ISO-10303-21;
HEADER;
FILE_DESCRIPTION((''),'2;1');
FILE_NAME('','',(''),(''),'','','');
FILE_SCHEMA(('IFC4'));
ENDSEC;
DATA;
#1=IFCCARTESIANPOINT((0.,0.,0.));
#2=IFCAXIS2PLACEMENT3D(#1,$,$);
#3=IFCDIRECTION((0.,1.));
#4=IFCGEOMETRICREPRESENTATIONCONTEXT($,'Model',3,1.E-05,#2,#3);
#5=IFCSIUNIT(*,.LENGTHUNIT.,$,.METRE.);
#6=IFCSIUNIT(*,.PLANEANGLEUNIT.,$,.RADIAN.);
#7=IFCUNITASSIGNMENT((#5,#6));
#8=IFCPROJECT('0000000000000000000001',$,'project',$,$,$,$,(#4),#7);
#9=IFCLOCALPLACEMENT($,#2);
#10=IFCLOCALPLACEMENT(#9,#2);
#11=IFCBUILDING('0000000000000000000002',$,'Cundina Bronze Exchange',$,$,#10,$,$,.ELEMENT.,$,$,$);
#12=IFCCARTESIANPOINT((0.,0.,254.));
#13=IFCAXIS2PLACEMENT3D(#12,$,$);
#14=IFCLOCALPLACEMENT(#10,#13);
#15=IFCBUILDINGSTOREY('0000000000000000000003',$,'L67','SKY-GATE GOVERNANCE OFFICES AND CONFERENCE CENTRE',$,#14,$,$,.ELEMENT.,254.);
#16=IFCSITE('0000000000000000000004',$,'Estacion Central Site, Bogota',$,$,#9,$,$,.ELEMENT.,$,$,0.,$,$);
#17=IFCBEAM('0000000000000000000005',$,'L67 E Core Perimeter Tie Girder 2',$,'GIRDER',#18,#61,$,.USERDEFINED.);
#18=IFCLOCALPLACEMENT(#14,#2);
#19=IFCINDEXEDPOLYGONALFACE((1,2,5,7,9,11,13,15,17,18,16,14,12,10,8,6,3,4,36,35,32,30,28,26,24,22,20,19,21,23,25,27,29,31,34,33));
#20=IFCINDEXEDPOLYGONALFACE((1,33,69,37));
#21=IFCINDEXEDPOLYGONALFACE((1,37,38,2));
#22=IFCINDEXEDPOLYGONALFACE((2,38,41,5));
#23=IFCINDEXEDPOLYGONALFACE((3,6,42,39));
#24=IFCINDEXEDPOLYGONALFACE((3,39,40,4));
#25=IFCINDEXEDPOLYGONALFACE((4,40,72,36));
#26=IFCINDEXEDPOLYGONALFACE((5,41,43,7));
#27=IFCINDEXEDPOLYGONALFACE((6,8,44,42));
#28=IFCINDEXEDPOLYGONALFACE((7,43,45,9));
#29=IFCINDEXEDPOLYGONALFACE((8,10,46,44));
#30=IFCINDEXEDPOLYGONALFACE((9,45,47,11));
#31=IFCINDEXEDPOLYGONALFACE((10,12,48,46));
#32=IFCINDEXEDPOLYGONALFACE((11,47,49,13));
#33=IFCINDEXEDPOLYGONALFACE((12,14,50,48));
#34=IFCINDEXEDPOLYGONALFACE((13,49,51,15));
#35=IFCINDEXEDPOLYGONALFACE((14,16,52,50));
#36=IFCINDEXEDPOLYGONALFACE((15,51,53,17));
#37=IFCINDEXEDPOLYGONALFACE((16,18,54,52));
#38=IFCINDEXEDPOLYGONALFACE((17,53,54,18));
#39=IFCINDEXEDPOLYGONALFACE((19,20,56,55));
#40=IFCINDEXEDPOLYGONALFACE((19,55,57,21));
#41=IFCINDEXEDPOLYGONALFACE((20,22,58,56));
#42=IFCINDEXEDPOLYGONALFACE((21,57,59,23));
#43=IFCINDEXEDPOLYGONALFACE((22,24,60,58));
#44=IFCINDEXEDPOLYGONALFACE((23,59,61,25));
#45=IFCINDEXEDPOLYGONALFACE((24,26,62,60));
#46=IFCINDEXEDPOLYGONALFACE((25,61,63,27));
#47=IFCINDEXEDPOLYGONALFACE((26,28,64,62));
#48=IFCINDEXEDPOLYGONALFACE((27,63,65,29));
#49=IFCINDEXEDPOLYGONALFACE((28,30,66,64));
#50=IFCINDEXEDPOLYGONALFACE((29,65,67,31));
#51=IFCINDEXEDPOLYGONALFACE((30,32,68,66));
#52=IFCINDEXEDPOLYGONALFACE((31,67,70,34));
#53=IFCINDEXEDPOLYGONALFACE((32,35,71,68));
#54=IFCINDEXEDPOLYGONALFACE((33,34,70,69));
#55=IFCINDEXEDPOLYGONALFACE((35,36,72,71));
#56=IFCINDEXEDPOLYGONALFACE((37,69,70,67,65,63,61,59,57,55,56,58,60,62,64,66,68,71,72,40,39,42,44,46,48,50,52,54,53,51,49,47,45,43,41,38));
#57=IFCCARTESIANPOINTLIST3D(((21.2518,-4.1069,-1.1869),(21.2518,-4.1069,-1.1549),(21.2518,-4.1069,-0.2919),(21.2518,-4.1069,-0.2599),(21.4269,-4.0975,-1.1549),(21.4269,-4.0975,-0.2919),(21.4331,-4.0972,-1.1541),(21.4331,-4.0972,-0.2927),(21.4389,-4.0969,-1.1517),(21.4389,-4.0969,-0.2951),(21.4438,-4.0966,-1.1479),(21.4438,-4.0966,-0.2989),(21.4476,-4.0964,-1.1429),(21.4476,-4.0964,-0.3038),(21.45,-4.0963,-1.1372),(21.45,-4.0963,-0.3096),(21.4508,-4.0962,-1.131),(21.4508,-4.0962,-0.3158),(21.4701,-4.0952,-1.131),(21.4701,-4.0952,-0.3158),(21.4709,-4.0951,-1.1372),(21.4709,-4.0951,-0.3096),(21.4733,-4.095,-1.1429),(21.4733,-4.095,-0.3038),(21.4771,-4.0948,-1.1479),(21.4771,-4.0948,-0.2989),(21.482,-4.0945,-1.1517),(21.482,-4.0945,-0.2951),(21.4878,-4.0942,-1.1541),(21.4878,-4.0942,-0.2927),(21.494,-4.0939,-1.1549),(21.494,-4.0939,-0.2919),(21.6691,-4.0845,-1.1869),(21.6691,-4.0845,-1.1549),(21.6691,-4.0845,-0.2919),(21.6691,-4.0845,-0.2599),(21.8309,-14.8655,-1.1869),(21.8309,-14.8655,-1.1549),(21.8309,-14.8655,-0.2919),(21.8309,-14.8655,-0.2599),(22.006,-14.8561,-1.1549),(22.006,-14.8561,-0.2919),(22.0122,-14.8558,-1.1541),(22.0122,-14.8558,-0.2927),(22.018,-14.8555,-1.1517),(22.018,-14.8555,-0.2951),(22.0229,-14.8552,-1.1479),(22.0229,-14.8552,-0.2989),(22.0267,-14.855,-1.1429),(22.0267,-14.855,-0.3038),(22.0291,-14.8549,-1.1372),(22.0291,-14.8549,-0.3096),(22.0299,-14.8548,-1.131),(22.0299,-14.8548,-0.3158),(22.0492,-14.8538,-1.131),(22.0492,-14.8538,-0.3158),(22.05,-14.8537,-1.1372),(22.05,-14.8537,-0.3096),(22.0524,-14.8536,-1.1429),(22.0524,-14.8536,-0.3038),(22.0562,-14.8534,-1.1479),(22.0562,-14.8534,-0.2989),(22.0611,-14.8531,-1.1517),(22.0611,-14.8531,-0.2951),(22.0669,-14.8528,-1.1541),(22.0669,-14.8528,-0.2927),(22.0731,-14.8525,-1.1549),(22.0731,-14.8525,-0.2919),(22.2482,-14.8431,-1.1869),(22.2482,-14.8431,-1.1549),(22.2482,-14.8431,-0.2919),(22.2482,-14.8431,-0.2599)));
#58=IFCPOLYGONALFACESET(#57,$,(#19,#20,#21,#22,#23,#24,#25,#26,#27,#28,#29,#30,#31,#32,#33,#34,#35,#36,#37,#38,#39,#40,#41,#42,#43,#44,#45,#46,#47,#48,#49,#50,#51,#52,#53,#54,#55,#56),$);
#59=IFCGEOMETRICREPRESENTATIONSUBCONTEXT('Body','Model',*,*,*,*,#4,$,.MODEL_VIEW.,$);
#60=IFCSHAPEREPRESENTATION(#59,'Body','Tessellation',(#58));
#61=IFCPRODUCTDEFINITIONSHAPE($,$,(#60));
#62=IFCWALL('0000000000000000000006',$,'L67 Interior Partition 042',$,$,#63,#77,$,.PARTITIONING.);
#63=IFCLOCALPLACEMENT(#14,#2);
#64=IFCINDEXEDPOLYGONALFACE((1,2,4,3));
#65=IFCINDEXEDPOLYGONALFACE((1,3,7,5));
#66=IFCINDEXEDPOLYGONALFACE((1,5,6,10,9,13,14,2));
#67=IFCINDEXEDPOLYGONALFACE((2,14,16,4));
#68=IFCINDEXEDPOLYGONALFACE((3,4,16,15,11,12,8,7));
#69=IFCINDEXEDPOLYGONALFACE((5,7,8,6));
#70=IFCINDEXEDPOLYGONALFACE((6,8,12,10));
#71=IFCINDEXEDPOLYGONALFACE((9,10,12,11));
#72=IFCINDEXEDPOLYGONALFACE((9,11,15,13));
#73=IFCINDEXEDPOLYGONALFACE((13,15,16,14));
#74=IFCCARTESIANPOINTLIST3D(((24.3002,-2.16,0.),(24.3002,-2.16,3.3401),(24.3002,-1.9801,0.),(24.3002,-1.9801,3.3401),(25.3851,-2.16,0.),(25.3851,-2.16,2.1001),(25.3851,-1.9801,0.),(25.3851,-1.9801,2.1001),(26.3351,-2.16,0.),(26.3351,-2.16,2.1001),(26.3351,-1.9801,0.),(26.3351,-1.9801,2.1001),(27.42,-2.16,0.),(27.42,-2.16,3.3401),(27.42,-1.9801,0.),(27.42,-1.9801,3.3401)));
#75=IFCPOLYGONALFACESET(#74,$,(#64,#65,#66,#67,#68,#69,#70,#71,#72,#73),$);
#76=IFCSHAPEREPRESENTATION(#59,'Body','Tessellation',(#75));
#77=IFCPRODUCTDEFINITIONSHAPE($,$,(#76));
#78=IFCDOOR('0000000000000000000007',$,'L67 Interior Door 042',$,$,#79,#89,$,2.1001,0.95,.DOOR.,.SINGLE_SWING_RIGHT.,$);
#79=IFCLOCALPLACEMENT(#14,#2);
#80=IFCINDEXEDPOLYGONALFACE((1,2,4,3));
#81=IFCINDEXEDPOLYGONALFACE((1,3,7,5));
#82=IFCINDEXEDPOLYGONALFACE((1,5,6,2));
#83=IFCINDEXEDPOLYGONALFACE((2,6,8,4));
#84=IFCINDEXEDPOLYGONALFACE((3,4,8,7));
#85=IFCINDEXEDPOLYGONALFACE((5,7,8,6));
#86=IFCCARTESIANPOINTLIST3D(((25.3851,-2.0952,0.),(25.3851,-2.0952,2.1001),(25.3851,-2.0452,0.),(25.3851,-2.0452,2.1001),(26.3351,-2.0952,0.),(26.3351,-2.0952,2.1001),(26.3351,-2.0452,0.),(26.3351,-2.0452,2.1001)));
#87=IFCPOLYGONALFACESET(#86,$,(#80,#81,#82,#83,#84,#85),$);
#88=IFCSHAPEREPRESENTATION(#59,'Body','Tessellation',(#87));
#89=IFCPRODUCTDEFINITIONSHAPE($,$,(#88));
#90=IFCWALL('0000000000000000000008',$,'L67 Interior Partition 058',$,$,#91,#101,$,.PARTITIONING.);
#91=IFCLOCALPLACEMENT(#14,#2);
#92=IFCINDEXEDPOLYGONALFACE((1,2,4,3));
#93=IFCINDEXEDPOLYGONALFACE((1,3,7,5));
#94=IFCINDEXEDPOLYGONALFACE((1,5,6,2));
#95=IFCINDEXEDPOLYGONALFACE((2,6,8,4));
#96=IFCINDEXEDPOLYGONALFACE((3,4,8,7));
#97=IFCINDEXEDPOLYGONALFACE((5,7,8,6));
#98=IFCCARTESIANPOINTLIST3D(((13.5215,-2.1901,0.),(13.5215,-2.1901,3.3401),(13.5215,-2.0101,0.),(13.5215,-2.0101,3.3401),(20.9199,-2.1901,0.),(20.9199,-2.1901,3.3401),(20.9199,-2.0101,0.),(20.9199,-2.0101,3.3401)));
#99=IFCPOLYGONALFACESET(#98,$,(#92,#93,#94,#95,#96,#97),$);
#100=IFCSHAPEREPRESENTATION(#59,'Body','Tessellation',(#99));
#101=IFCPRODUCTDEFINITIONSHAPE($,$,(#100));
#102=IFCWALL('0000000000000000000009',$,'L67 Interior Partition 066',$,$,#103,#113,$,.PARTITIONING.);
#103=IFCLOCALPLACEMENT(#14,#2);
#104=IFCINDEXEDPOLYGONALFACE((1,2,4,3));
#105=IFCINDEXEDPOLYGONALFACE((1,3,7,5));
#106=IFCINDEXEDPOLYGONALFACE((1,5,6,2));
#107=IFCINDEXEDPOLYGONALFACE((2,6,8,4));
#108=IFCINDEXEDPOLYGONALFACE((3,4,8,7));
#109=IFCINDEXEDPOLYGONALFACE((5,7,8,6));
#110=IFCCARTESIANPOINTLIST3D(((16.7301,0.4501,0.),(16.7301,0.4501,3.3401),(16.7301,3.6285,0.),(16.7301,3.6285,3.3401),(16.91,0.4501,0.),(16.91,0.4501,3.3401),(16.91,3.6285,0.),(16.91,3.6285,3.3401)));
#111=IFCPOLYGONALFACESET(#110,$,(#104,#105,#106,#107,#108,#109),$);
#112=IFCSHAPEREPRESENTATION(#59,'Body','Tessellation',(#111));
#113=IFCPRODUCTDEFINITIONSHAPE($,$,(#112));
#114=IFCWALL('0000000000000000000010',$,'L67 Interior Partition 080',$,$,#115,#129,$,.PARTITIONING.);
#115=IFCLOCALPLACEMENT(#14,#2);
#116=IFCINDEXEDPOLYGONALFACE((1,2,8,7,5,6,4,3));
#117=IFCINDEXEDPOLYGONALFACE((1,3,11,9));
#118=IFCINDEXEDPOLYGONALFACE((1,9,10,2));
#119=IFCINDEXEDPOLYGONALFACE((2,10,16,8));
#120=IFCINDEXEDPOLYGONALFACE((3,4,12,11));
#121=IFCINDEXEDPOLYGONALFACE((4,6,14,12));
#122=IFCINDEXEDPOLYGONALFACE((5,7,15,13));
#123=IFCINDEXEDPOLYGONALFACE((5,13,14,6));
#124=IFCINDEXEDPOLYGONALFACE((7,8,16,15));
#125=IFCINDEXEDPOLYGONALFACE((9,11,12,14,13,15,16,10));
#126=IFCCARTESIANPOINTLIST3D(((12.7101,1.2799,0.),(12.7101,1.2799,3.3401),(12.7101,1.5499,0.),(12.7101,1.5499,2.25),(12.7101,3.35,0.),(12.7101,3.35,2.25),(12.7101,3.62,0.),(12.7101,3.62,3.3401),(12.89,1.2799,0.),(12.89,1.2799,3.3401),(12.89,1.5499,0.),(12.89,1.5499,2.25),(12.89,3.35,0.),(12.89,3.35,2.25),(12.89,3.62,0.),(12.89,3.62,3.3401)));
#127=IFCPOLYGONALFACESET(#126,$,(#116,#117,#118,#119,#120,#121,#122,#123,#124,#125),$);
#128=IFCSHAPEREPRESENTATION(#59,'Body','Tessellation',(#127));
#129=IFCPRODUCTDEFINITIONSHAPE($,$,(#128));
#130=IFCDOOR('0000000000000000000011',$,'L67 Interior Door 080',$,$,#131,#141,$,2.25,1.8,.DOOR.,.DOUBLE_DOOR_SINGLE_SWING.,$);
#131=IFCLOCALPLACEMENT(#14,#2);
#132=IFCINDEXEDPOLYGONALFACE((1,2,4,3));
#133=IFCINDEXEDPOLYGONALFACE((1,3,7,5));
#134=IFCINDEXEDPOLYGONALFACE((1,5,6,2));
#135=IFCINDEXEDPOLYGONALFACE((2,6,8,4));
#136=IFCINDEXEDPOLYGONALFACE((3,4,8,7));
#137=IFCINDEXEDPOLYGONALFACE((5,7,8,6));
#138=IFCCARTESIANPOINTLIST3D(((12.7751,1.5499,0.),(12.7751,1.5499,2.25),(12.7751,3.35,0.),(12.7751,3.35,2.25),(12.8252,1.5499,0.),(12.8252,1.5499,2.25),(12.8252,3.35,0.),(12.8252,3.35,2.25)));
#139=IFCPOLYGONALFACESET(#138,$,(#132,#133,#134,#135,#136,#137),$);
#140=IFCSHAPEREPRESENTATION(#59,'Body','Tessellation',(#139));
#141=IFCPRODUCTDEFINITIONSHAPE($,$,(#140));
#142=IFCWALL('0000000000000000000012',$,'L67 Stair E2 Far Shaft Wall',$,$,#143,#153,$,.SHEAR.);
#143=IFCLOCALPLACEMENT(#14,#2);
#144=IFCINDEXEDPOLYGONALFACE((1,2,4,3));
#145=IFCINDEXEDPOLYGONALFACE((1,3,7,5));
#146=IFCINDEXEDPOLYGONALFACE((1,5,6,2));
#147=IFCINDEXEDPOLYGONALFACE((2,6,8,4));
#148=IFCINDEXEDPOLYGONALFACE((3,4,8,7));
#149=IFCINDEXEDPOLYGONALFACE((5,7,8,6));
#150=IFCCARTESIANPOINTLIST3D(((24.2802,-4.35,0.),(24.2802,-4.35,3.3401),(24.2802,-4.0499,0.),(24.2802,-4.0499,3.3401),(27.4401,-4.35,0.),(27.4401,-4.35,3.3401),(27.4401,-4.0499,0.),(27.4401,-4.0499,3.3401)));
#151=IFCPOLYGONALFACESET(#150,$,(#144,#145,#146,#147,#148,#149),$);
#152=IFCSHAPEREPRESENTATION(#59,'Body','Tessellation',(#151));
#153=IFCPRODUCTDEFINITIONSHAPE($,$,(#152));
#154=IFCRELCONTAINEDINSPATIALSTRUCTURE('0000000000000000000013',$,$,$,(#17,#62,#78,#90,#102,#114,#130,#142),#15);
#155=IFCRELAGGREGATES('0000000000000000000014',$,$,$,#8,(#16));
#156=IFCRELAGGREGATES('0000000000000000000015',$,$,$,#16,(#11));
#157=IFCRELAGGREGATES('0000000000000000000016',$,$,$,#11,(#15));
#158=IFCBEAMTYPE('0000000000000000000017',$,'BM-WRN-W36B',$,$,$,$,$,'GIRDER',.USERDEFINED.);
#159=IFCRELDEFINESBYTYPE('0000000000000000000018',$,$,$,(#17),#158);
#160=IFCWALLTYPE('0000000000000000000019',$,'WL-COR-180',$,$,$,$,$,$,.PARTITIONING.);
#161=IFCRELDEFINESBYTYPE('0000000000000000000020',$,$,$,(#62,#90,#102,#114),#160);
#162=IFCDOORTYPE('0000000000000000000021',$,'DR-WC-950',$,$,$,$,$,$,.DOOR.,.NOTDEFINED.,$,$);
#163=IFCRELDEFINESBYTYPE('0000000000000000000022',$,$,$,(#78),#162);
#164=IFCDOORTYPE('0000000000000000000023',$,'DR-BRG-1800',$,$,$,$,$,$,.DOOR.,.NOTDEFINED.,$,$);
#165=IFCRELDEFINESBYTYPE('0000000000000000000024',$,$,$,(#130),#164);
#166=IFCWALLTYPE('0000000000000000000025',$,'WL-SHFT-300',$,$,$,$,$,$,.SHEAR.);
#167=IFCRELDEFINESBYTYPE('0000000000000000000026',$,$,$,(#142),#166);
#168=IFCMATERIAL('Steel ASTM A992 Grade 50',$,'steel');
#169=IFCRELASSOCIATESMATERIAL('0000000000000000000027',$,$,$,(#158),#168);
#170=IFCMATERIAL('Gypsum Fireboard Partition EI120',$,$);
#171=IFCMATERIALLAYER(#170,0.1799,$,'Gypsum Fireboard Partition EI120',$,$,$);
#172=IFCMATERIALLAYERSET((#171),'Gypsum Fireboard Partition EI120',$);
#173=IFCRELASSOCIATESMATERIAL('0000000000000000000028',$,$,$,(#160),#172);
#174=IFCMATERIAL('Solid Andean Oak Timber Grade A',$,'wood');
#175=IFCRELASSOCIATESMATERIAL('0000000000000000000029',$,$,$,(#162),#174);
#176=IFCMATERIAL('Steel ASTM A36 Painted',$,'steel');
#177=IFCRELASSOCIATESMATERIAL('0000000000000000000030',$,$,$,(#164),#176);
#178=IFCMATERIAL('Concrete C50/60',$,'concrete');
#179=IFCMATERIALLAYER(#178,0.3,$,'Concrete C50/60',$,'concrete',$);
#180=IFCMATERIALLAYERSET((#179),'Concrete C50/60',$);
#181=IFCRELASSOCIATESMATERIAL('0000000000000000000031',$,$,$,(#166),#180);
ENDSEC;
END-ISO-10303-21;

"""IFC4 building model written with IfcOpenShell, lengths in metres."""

from ifc_helpers import new_model, si_unit, direction, frame, frame_2d, origin, origin_2d, place, context, subcontext, project, spatial, rectangle, i_section, extrude, material, layer, layer_set, material_profile, profile_set, type_object, element, fill, save


model = new_model("IFC4")

# Units and contexts
model_context = context("Model", 3, precision=1e-05, world=origin(), true_north=direction((0.0, 1.0)))
body_context = subcontext(model_context, "Body", "Model", "MODEL_VIEW")
ifc_project = project(units=[si_unit("LENGTHUNIT", "METRE"), si_unit("PLANEANGLEUNIT", "RADIAN")], contexts=[model_context])

# Site, building, storey
site_placement = place(None, origin())
site = spatial("IfcSite", under=ifc_project, at=site_placement, Name="Estacion Central Site, Bogota", CompositionType="ELEMENT", RefElevation=0.0)
building_placement = place(site_placement, origin())
building = spatial("IfcBuilding", under=site, at=building_placement, Name="Cundina Bronze Exchange", CompositionType="ELEMENT")
storey_placement = place(building_placement, frame((0.0, 0.0, 254.0)))
storey = spatial("IfcBuildingStorey", under=building, at=storey_placement, Name="L67", Description="SKY-GATE GOVERNANCE OFFICES AND CONFERENCE CENTRE", CompositionType="ELEMENT", Elevation=254.0)

# Shared definitions
ifc_material_1 = material(Name="Concrete C50/60", Category="concrete")
ifc_material_2 = material(Name="Steel ASTM A992 Grade 50", Category="steel")

# Beam
ifc_material_profile_1 = material_profile(ifc_material_2, i_section(OverallWidth=0.418, OverallDepth=0.927, WebThickness=0.0193, FlangeThickness=0.032, FilletRadius=0.0239, at=origin_2d()), Name="W36X231", Category="steel")
ifc_profile_set_1 = profile_set([ifc_material_profile_1], Name="Steel ASTM A992 Grade 50")
beam_type_1 = type_object("IfcBeamType", Name="BM-WRN-W36B", ElementType="GIRDER", PredefinedType="USERDEFINED", material=ifc_profile_set_1)
beam_1_placement = place(storey_placement, frame((21.4604, -4.0957, -0.7234), z_axis=(0.053749, -0.998554, 0.0), x_axis=(0.998554, 0.053749, 0.0)))
element("IfcBeam", 1, at=beam_1_placement, inside=storey, type_object=beam_type_1, Name="L67 E Core Perimeter Tie Girder 2", ObjectType="GIRDER", PredefinedType="USERDEFINED", context=body_context, shape_type="SweptSolid", body=[
    extrude(i_section(OverallWidth=0.418, OverallDepth=0.927, WebThickness=0.0193, FlangeThickness=0.032, FilletRadius=0.0239, at=origin_2d()), origin(), (0.0, 0.0, 1.0), 10.7742),
])

# Wall, opening, door
ifc_material_3 = material(Name="Gypsum Fireboard Partition EI120")
ifc_layer_1 = layer(ifc_material_3, 0.1799, Name="Gypsum Fireboard Partition EI120")
ifc_layer_set_1 = layer_set([ifc_layer_1], Name="Gypsum Fireboard Partition EI120")
wall_type_1 = type_object("IfcWallType", Name="WL-COR-180", PredefinedType="PARTITIONING", material=ifc_layer_set_1)
ifc_material_4 = material(Name="Steel ASTM A36 Painted", Category="steel")
wall_1_placement = place(storey_placement, frame((24.3, -2.0701, 0.0), z_axis=(0.0, 0.0, 1.0), x_axis=(1.0, 0.0, 0.0)))
wall_1 = element("IfcWall", 2, at=wall_1_placement, inside=storey, type_object=wall_type_1, Name="L67 Interior Partition 042", PredefinedType="PARTITIONING", context=body_context, shape_type="SweptSolid", body=[
    extrude(rectangle(XDim=3.1199, YDim=0.1799, at=frame_2d((1.5601, 0.0))), origin(), (0.0, 0.0, 1.0), 3.3401),
])
opening_1_placement = place(wall_1_placement, frame((1.085, 0.0, 0.0)))
opening_1 = element("IfcOpeningElement", 3, at=opening_1_placement, cuts=wall_1, PredefinedType="OPENING", context=body_context, shape_type="SweptSolid", body=[
    extrude(rectangle(XDim=0.95, YDim=2.1001, at=frame_2d((0.4751, 1.05))), frame((0.0, 0.0999, 0.0), z_axis=(0.0, -1.0, 0.0), x_axis=(1.0, 0.0, 0.0)), (0.0, 0.0, 1.0), 0.2),
])
ifc_material_5 = material(Name="Solid Andean Oak Timber Grade A", Category="wood")
door_type_1 = type_object("IfcDoorType", Name="DR-WC-950", OperationType="NOTDEFINED", PredefinedType="DOOR", material=ifc_material_5)
door_1_placement = place(opening_1_placement, origin())
door_1 = element("IfcDoor", 4, at=door_1_placement, inside=storey, type_object=door_type_1, Name="L67 Interior Door 042", OperationType="SINGLE_SWING_RIGHT", OverallHeight=2.1001, OverallWidth=0.95, PredefinedType="DOOR", context=body_context, shape_type="SweptSolid", body=[
    extrude(rectangle(XDim=0.95, YDim=2.1001, at=frame_2d((0.4751, 1.05))), frame((0.0, 0.0249, 0.0), z_axis=(0.0, -1.0, 0.0), x_axis=(1.0, 0.0, 0.0)), (0.0, 0.0, 1.0), 0.05),
])
fill(opening_1, door_1)

# Walls
wall_2_placement = place(storey_placement, frame((13.5215, -2.1001, 0.0), z_axis=(0.0, 0.0, 1.0), x_axis=(1.0, 0.0, 0.0)))
element("IfcWall", 5, at=wall_2_placement, inside=storey, type_object=wall_type_1, Name="L67 Interior Partition 058", PredefinedType="PARTITIONING", context=body_context, shape_type="SweptSolid", body=[
    extrude(rectangle(XDim=7.3984, YDim=0.1799, at=frame_2d((3.6992, 0.0))), origin(), (0.0, 0.0, 1.0), 3.3401),
])
wall_3_placement = place(storey_placement, frame((16.8201, 0.45, 0.0), z_axis=(0.0, 0.0, 1.0), x_axis=(0.0, 1.0, 0.0)))
element("IfcWall", 6, at=wall_3_placement, inside=storey, type_object=wall_type_1, Name="L67 Interior Partition 066", PredefinedType="PARTITIONING", context=body_context, shape_type="SweptSolid", body=[
    extrude(rectangle(XDim=3.1785, YDim=0.1799, at=frame_2d((1.5894, 0.0))), origin(), (0.0, 0.0, 1.0), 3.3401),
])

# Wall, opening, door
wall_4_placement = place(storey_placement, frame((12.8, 1.28, 0.0), z_axis=(0.0, 0.0, 1.0), x_axis=(0.0, 1.0, 0.0)))
wall_4 = element("IfcWall", 7, at=wall_4_placement, inside=storey, type_object=wall_type_1, Name="L67 Interior Partition 080", PredefinedType="PARTITIONING", context=body_context, shape_type="SweptSolid", body=[
    extrude(rectangle(XDim=2.3401, YDim=0.1799, at=frame_2d((1.1699, 0.0))), origin(), (0.0, 0.0, 1.0), 3.3401),
])
opening_2_placement = place(wall_4_placement, frame((0.27, 0.0, 0.0)))
opening_2 = element("IfcOpeningElement", 8, at=opening_2_placement, cuts=wall_4, PredefinedType="OPENING", context=body_context, shape_type="SweptSolid", body=[
    extrude(rectangle(XDim=1.8, YDim=2.25, at=frame_2d((0.8999, 1.125))), frame((0.0, 0.0999, 0.0), z_axis=(0.0, -1.0, 0.0), x_axis=(1.0, 0.0, 0.0)), (0.0, 0.0, 1.0), 0.2),
])
door_type_2 = type_object("IfcDoorType", Name="DR-BRG-1800", OperationType="NOTDEFINED", PredefinedType="DOOR", material=ifc_material_4)
door_2_placement = place(opening_2_placement, origin())
door_2 = element("IfcDoor", 9, at=door_2_placement, inside=storey, type_object=door_type_2, Name="L67 Interior Door 080", OperationType="DOUBLE_DOOR_SINGLE_SWING", OverallHeight=2.25, OverallWidth=1.8, PredefinedType="DOOR", context=body_context, shape_type="SweptSolid", body=[
    extrude(rectangle(XDim=1.8, YDim=2.25, at=frame_2d((0.8999, 1.125))), frame((0.0, 0.0249, 0.0), z_axis=(0.0, -1.0, 0.0), x_axis=(1.0, 0.0, 0.0)), (0.0, 0.0, 1.0), 0.05),
])
fill(opening_2, door_2)
ifc_layer_2 = layer(ifc_material_1, 0.3, Name="Concrete C50/60", Category="concrete")
ifc_layer_set_2 = layer_set([ifc_layer_2], Name="Concrete C50/60")
wall_type_2 = type_object("IfcWallType", Name="WL-SHFT-300", PredefinedType="SHEAR", material=ifc_layer_set_2)

# Wall
wall_5_placement = place(storey_placement, frame((24.28, -4.2, 0.0), z_axis=(0.0, 0.0, 1.0), x_axis=(1.0, 0.0, 0.0)))
element("IfcWall", 10, at=wall_5_placement, inside=storey, type_object=wall_type_2, Name="L67 Stair E2 Far Shaft Wall", PredefinedType="SHEAR", context=body_context, shape_type="SweptSolid", body=[
    extrude(rectangle(XDim=3.1599, YDim=0.3, at=frame_2d((1.5801, 0.0))), origin(), (0.0, 0.0, 1.0), 3.3401),
])

save(model, "model.ifc")
